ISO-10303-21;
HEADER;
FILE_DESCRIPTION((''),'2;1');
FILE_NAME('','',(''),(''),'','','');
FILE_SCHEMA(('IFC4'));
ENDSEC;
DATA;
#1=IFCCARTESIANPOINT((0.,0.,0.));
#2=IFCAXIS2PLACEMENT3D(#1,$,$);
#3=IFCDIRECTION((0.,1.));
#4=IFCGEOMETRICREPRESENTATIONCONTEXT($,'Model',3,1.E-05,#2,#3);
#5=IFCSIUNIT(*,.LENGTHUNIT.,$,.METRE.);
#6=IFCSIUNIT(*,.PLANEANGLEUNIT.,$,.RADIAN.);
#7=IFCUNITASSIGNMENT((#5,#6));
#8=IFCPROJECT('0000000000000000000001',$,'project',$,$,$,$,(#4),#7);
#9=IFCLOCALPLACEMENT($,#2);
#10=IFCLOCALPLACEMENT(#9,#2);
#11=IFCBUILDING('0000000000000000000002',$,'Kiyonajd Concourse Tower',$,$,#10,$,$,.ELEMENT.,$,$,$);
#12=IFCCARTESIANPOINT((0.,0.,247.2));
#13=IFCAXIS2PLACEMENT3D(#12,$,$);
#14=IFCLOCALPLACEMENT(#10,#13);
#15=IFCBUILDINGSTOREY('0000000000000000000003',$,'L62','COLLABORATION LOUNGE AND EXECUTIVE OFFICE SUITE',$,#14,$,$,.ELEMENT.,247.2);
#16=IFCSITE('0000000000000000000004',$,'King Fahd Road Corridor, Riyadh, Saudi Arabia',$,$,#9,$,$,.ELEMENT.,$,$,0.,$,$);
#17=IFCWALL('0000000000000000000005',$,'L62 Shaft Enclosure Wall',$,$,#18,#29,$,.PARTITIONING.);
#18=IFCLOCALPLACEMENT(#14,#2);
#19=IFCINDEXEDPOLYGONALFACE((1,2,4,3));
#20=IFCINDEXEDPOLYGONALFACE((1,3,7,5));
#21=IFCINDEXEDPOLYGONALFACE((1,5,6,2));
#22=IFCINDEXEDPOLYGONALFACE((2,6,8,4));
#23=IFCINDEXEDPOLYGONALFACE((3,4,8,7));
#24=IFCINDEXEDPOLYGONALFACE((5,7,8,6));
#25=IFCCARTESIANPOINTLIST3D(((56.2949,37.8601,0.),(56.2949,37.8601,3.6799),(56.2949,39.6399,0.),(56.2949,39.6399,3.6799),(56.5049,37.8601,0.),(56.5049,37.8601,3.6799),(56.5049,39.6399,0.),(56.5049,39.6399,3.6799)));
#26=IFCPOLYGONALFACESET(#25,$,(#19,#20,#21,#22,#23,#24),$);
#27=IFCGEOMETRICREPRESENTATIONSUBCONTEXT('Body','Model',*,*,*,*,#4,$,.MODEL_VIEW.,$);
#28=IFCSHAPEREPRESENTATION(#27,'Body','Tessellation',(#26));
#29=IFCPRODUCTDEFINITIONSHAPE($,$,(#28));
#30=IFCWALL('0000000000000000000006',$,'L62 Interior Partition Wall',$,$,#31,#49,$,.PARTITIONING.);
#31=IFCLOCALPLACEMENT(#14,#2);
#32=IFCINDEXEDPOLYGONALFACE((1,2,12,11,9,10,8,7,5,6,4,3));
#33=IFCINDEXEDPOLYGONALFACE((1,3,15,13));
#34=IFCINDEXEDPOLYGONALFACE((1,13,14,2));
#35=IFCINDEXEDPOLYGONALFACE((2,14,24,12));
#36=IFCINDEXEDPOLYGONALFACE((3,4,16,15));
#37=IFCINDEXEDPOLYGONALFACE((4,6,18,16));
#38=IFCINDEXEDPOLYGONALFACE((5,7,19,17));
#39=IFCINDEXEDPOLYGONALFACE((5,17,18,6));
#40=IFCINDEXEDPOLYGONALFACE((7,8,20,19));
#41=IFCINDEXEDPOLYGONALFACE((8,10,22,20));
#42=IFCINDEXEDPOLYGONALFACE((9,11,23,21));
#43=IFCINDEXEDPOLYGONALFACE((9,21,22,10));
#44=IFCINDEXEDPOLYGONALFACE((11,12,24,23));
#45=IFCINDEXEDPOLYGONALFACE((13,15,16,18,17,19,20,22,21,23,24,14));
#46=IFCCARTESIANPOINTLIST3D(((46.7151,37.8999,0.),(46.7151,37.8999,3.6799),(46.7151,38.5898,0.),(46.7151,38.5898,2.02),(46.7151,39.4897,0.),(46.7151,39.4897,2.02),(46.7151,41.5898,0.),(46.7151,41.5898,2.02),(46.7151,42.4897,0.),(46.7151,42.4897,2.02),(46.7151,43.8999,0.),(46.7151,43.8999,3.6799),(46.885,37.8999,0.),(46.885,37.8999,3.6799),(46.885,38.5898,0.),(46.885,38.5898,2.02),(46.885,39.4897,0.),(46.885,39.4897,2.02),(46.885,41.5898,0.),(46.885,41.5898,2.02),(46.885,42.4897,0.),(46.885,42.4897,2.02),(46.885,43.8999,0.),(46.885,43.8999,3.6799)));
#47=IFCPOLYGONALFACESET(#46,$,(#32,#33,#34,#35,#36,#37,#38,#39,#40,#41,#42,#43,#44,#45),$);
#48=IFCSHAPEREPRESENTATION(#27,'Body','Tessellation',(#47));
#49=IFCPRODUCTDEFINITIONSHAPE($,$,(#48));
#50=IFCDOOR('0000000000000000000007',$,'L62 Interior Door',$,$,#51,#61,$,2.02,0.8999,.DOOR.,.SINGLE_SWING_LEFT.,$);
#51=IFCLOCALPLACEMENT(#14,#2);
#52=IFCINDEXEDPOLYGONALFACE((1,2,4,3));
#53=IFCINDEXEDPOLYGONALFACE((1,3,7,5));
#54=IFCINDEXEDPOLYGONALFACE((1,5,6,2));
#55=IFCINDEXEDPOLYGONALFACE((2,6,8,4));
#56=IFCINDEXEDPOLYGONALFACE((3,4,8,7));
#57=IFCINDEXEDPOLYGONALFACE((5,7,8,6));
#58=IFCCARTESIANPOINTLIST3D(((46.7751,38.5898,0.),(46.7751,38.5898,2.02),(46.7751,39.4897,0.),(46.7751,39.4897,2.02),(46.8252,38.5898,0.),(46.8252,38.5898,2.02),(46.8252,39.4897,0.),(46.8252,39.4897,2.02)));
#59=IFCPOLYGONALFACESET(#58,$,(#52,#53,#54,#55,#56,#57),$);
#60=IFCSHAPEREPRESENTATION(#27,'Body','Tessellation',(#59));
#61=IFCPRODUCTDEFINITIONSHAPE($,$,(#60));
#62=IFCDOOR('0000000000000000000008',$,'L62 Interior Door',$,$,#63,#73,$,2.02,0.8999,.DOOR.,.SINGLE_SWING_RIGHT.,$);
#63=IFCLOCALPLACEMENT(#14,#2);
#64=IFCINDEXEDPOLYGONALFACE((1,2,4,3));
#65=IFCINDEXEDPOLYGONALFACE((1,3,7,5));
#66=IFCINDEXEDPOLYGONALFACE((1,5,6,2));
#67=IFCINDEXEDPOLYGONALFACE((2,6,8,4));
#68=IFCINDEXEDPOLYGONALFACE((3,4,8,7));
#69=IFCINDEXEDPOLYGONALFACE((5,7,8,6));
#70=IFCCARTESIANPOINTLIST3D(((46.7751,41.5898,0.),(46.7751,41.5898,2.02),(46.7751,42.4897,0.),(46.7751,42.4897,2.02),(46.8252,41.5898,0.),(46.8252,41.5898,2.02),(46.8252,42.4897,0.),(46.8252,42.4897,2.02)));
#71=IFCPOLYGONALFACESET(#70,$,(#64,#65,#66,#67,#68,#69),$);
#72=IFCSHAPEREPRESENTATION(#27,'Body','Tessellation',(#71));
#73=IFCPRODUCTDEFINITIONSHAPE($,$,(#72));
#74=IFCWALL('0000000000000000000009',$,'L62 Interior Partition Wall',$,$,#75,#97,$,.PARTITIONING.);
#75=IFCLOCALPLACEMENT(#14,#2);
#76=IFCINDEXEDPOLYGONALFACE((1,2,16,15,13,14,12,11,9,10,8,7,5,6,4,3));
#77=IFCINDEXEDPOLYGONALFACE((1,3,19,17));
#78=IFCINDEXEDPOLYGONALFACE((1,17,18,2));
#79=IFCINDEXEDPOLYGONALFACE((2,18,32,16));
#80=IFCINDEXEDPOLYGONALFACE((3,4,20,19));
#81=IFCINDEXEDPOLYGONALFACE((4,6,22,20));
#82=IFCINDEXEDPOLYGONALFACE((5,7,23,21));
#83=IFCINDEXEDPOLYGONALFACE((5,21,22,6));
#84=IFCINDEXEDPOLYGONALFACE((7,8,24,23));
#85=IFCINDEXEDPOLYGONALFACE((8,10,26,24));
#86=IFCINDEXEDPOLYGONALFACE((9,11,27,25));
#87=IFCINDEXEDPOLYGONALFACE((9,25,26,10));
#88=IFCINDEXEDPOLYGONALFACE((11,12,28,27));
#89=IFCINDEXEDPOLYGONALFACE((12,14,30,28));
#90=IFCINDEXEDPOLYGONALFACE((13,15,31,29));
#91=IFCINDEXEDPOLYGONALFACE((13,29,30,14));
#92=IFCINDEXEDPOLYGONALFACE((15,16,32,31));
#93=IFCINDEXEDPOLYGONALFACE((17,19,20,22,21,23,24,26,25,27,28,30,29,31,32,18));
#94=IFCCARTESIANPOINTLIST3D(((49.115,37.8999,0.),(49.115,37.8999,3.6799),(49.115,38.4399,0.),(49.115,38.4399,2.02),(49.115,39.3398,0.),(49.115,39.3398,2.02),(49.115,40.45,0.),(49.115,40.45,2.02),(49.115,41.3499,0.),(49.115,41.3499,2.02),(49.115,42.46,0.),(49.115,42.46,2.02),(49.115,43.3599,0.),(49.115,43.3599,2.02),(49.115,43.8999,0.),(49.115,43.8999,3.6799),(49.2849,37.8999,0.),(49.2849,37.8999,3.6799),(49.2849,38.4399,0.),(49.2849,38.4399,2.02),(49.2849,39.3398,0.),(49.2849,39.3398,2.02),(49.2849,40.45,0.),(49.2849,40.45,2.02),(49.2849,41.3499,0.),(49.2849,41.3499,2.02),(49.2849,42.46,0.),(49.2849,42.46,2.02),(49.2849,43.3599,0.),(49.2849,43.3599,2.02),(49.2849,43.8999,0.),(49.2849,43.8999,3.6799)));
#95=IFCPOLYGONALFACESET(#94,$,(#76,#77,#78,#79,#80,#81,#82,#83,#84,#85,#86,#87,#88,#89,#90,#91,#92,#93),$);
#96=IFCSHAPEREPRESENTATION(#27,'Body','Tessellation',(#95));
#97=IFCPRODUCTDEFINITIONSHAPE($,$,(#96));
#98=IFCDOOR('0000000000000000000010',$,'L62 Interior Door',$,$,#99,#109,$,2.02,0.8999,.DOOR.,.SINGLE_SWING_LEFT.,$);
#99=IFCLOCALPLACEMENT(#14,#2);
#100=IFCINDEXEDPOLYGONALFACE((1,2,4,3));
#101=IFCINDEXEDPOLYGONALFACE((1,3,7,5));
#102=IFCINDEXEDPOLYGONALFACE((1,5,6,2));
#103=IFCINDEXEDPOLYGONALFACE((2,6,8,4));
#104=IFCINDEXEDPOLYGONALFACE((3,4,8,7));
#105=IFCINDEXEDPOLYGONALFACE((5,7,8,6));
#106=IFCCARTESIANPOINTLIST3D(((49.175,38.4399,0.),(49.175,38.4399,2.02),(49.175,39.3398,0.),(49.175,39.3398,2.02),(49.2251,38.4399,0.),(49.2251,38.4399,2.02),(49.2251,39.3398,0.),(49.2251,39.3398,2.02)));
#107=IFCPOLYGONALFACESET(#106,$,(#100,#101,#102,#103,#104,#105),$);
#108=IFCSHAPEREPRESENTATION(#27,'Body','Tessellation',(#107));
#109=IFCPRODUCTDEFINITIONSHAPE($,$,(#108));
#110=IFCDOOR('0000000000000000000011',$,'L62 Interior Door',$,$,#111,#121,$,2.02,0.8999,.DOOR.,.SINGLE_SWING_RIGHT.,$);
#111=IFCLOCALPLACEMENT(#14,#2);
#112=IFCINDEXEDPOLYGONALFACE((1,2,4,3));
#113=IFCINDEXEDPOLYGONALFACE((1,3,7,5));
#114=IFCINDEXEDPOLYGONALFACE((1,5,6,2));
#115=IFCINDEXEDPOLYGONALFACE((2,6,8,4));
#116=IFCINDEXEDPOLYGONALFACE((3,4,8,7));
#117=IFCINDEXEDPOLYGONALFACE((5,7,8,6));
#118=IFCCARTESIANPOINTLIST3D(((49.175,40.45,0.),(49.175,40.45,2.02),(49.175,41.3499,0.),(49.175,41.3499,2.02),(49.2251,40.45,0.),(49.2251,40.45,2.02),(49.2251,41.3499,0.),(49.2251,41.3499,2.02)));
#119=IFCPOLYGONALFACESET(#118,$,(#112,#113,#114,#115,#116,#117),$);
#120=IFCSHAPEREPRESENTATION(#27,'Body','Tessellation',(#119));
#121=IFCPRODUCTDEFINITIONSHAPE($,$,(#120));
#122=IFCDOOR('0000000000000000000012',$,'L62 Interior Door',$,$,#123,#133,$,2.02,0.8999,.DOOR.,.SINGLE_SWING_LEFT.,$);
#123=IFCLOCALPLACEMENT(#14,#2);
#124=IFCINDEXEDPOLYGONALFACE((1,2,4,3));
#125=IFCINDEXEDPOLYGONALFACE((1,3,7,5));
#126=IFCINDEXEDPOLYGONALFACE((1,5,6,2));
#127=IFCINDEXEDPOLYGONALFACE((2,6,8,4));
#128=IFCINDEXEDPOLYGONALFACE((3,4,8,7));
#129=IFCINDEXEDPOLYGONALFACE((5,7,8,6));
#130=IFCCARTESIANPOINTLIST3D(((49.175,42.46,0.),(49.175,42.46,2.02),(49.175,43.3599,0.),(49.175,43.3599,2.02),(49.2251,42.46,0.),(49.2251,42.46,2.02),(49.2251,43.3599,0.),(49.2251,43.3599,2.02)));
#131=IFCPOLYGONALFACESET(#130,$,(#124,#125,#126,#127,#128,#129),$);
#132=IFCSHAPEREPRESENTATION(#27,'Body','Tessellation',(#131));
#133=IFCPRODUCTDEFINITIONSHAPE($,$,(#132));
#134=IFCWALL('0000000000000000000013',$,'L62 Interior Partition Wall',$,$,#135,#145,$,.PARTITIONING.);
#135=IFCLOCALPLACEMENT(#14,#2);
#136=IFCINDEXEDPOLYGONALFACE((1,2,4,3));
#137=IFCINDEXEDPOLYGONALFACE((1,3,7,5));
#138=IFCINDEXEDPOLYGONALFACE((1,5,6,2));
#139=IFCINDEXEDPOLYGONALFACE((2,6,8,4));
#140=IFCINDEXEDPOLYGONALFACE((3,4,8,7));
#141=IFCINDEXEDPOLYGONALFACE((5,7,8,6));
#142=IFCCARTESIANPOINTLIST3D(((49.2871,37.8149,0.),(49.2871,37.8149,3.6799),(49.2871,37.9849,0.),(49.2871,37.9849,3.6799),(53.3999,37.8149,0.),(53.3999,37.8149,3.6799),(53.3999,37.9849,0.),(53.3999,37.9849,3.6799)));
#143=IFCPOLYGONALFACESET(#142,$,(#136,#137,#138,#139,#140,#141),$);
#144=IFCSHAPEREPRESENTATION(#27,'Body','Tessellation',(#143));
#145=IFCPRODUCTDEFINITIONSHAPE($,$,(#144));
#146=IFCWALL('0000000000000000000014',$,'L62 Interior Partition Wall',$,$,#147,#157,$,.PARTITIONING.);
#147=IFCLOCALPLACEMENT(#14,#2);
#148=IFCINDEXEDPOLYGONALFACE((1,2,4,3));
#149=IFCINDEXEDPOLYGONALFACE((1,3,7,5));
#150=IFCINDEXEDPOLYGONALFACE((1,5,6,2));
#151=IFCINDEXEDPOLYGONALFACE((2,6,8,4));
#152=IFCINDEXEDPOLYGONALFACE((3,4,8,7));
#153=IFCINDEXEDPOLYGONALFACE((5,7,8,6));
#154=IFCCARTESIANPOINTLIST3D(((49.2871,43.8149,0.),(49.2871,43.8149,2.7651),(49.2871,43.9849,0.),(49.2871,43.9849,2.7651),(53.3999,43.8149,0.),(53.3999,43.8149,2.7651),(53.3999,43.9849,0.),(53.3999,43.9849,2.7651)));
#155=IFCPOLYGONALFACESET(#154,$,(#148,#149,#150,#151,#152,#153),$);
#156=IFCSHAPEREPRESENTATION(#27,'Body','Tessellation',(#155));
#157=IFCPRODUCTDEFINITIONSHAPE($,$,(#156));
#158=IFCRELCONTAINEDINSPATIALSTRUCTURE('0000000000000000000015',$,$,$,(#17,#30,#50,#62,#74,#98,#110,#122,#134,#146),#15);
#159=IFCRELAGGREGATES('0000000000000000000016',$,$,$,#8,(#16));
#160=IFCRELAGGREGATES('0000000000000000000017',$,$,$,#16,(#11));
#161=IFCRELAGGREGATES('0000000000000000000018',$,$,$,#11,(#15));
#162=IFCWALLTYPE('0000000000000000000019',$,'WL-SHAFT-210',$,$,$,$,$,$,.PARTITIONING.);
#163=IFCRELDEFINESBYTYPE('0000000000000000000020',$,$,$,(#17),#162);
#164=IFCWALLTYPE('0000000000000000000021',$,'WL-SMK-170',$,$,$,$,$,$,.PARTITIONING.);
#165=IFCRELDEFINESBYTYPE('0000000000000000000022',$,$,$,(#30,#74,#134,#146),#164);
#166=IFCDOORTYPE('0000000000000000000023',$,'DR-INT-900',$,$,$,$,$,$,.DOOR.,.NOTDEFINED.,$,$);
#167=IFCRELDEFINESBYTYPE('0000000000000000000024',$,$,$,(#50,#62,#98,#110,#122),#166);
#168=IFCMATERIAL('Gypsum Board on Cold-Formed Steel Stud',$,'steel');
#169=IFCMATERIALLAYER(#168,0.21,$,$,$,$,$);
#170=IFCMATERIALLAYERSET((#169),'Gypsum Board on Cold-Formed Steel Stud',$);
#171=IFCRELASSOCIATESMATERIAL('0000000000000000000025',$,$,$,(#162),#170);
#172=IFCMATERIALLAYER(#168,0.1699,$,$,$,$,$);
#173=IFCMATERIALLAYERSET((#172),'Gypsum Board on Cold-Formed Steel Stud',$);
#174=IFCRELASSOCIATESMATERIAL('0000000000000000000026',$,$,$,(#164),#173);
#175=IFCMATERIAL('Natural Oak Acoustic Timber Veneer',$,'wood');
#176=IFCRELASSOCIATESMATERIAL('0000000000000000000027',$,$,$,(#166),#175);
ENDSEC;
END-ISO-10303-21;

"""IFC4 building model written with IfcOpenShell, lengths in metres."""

from ifc_helpers import new_model, si_unit, direction, frame, frame_2d, origin, place, context, subcontext, project, spatial, rectangle, extrude, material, layer, layer_set, type_object, element, fill, save


model = new_model("IFC4")

# Units and contexts
model_context = context("Model", 3, precision=1e-05, world=origin(), true_north=direction((0.0, 1.0)))
body_context = subcontext(model_context, "Body", "Model", "MODEL_VIEW")
ifc_project = project(units=[si_unit("LENGTHUNIT", "METRE"), si_unit("PLANEANGLEUNIT", "RADIAN")], contexts=[model_context])

# Site, building, storey
site_placement = place(None, origin())
site = spatial("IfcSite", under=ifc_project, at=site_placement, Name="King Fahd Road Corridor, Riyadh, Saudi Arabia", CompositionType="ELEMENT", RefElevation=0.0)
building_placement = place(site_placement, origin())
building = spatial("IfcBuilding", under=site, at=building_placement, Name="Kiyonajd Concourse Tower", CompositionType="ELEMENT")
storey_placement = place(building_placement, frame((0.0, 0.0, 247.2)))
storey = spatial("IfcBuildingStorey", under=building, at=storey_placement, Name="L62", Description="COLLABORATION LOUNGE AND EXECUTIVE OFFICE SUITE", CompositionType="ELEMENT", Elevation=247.2)

# Wall
ifc_material_1 = material(Name="Gypsum Board on Cold-Formed Steel Stud", Category="steel")
ifc_layer_1 = layer(ifc_material_1, 0.21)
ifc_layer_set_1 = layer_set([ifc_layer_1], Name="Gypsum Board on Cold-Formed Steel Stud")
wall_type_1 = type_object("IfcWallType", Name="WL-SHAFT-210", PredefinedType="PARTITIONING", material=ifc_layer_set_1)
wall_1_placement = place(storey_placement, frame((56.3999, 37.8601, 0.0), z_axis=(0.0, 0.0, 1.0), x_axis=(0.0, 1.0, 0.0)))
element("IfcWall", 1, at=wall_1_placement, inside=storey, type_object=wall_type_1, Name="L62 Shaft Enclosure Wall", PredefinedType="PARTITIONING", context=body_context, shape_type="SweptSolid", body=[
    extrude(rectangle(XDim=1.7798, YDim=0.21, at=frame_2d((0.8899, 0.0))), origin(), (0.0, 0.0, 1.0), 3.6799),
])

# Walls, openings, doors
ifc_layer_2 = layer(ifc_material_1, 0.1699)
ifc_layer_set_2 = layer_set([ifc_layer_2], Name="Gypsum Board on Cold-Formed Steel Stud")
wall_type_2 = type_object("IfcWallType", Name="WL-SMK-170", PredefinedType="PARTITIONING", material=ifc_layer_set_2)
wall_2_placement = place(storey_placement, frame((46.8, 37.8999, 0.0), z_axis=(0.0, 0.0, 1.0), x_axis=(0.0, 1.0, 0.0)))
wall_2 = element("IfcWall", 2, at=wall_2_placement, inside=storey, type_object=wall_type_2, Name="L62 Interior Partition Wall", PredefinedType="PARTITIONING", context=body_context, shape_type="SweptSolid", body=[
    extrude(rectangle(XDim=6.0, YDim=0.1699, at=frame_2d((3.0, 0.0))), origin(), (0.0, 0.0, 1.0), 3.6799),
])
opening_1_placement = place(wall_2_placement, frame((0.6899, 0.0, 0.0)))
opening_1 = element("IfcOpeningElement", 3, at=opening_1_placement, cuts=wall_2, PredefinedType="OPENING", context=body_context, shape_type="SweptSolid", body=[
    extrude(rectangle(XDim=0.8999, YDim=2.02, at=frame_2d((0.45, 1.01))), frame((0.0, 0.095, 0.0), z_axis=(0.0, -1.0, 0.0), x_axis=(1.0, 0.0, 0.0)), (0.0, 0.0, 1.0), 0.1899),
])
opening_2_placement = place(wall_2_placement, frame((3.6899, 0.0, 0.0)))
opening_2 = element("IfcOpeningElement", 4, at=opening_2_placement, cuts=wall_2, PredefinedType="OPENING", context=body_context, shape_type="SweptSolid", body=[
    extrude(rectangle(XDim=0.8999, YDim=2.02, at=frame_2d((0.45, 1.01))), frame((0.0, 0.095, 0.0), z_axis=(0.0, -1.0, 0.0), x_axis=(1.0, 0.0, 0.0)), (0.0, 0.0, 1.0), 0.1899),
])
ifc_material_2 = material(Name="Natural Oak Acoustic Timber Veneer", Category="wood")
door_type_1 = type_object("IfcDoorType", Name="DR-INT-900", OperationType="NOTDEFINED", PredefinedType="DOOR", material=ifc_material_2)
door_1_placement = place(opening_1_placement, origin())
door_1 = element("IfcDoor", 5, at=door_1_placement, inside=storey, type_object=door_type_1, Name="L62 Interior Door", OperationType="SINGLE_SWING_LEFT", OverallHeight=2.02, OverallWidth=0.8999, PredefinedType="DOOR", context=body_context, shape_type="SweptSolid", body=[
    extrude(rectangle(XDim=0.8999, YDim=2.02, at=frame_2d((0.45, 1.01))), frame((0.0, 0.0249, 0.0), z_axis=(0.0, -1.0, 0.0), x_axis=(1.0, 0.0, 0.0)), (0.0, 0.0, 1.0), 0.05),
])
fill(opening_1, door_1)
door_2_placement = place(opening_2_placement, origin())
door_2 = element("IfcDoor", 6, at=door_2_placement, inside=storey, type_object=door_type_1, Name="L62 Interior Door", OperationType="SINGLE_SWING_RIGHT", OverallHeight=2.02, OverallWidth=0.8999, PredefinedType="DOOR", context=body_context, shape_type="SweptSolid", body=[
    extrude(rectangle(XDim=0.8999, YDim=2.02, at=frame_2d((0.45, 1.01))), frame((0.0, 0.0249, 0.0), z_axis=(0.0, -1.0, 0.0), x_axis=(1.0, 0.0, 0.0)), (0.0, 0.0, 1.0), 0.05),
])
fill(opening_2, door_2)
wall_3_placement = place(storey_placement, frame((49.2, 37.8999, 0.0), z_axis=(0.0, 0.0, 1.0), x_axis=(0.0, 1.0, 0.0)))
wall_3 = element("IfcWall", 7, at=wall_3_placement, inside=storey, type_object=wall_type_2, Name="L62 Interior Partition Wall", PredefinedType="PARTITIONING", context=body_context, shape_type="SweptSolid", body=[
    extrude(rectangle(XDim=6.0, YDim=0.1699, at=frame_2d((3.0, 0.0))), origin(), (0.0, 0.0, 1.0), 3.6799),
])
opening_3_placement = place(wall_3_placement, frame((0.54, 0.0, 0.0)))
opening_3 = element("IfcOpeningElement", 8, at=opening_3_placement, cuts=wall_3, PredefinedType="OPENING", context=body_context, shape_type="SweptSolid", body=[
    extrude(rectangle(XDim=0.8999, YDim=2.02, at=frame_2d((0.45, 1.01))), frame((0.0, 0.095, 0.0), z_axis=(0.0, -1.0, 0.0), x_axis=(1.0, 0.0, 0.0)), (0.0, 0.0, 1.0), 0.1899),
])
opening_4_placement = place(wall_3_placement, frame((2.55, 0.0, 0.0)))
opening_4 = element("IfcOpeningElement", 9, at=opening_4_placement, cuts=wall_3, PredefinedType="OPENING", context=body_context, shape_type="SweptSolid", body=[
    extrude(rectangle(XDim=0.8999, YDim=2.02, at=frame_2d((0.45, 1.01))), frame((0.0, 0.095, 0.0), z_axis=(0.0, -1.0, 0.0), x_axis=(1.0, 0.0, 0.0)), (0.0, 0.0, 1.0), 0.1899),
])
opening_5_placement = place(wall_3_placement, frame((4.5601, 0.0, 0.0)))
opening_5 = element("IfcOpeningElement", 10, at=opening_5_placement, cuts=wall_3, PredefinedType="OPENING", context=body_context, shape_type="SweptSolid", body=[
    extrude(rectangle(XDim=0.8999, YDim=2.02, at=frame_2d((0.45, 1.01))), frame((0.0, 0.095, 0.0), z_axis=(0.0, -1.0, 0.0), x_axis=(1.0, 0.0, 0.0)), (0.0, 0.0, 1.0), 0.1899),
])
door_3_placement = place(opening_3_placement, origin())
door_3 = element("IfcDoor", 11, at=door_3_placement, inside=storey, type_object=door_type_1, Name="L62 Interior Door", OperationType="SINGLE_SWING_LEFT", OverallHeight=2.02, OverallWidth=0.8999, PredefinedType="DOOR", context=body_context, shape_type="SweptSolid", body=[
    extrude(rectangle(XDim=0.8999, YDim=2.02, at=frame_2d((0.45, 1.01))), frame((0.0, 0.0249, 0.0), z_axis=(0.0, -1.0, 0.0), x_axis=(1.0, 0.0, 0.0)), (0.0, 0.0, 1.0), 0.05),
])
fill(opening_3, door_3)
door_4_placement = place(opening_4_placement, origin())
door_4 = element("IfcDoor", 12, at=door_4_placement, inside=storey, type_object=door_type_1, Name="L62 Interior Door", OperationType="SINGLE_SWING_RIGHT", OverallHeight=2.02, OverallWidth=0.8999, PredefinedType="DOOR", context=body_context, shape_type="SweptSolid", body=[
    extrude(rectangle(XDim=0.8999, YDim=2.02, at=frame_2d((0.45, 1.01))), frame((0.0, 0.0249, 0.0), z_axis=(0.0, -1.0, 0.0), x_axis=(1.0, 0.0, 0.0)), (0.0, 0.0, 1.0), 0.05),
])
fill(opening_4, door_4)
door_5_placement = place(opening_5_placement, origin())
door_5 = element("IfcDoor", 13, at=door_5_placement, inside=storey, type_object=door_type_1, Name="L62 Interior Door", OperationType="SINGLE_SWING_LEFT", OverallHeight=2.02, OverallWidth=0.8999, PredefinedType="DOOR", context=body_context, shape_type="SweptSolid", body=[
    extrude(rectangle(XDim=0.8999, YDim=2.02, at=frame_2d((0.45, 1.01))), frame((0.0, 0.0249, 0.0), z_axis=(0.0, -1.0, 0.0), x_axis=(1.0, 0.0, 0.0)), (0.0, 0.0, 1.0), 0.05),
])
fill(opening_5, door_5)

# Walls
wall_4_placement = place(storey_placement, frame((49.2871, 37.8999, 0.0), z_axis=(0.0, 0.0, 1.0), x_axis=(1.0, 0.0, 0.0)))
element("IfcWall", 14, at=wall_4_placement, inside=storey, type_object=wall_type_2, Name="L62 Interior Partition Wall", PredefinedType="PARTITIONING", context=body_context, shape_type="SweptSolid", body=[
    extrude(rectangle(XDim=4.1128, YDim=0.1699, at=frame_2d((2.0564, 0.0))), origin(), (0.0, 0.0, 1.0), 3.6799),
])
wall_5_placement = place(storey_placement, frame((49.2871, 43.8999, 0.0), z_axis=(0.0, 0.0, 1.0), x_axis=(1.0, 0.0, 0.0)))
element("IfcWall", 15, at=wall_5_placement, inside=storey, type_object=wall_type_2, Name="L62 Interior Partition Wall", PredefinedType="PARTITIONING", context=body_context, shape_type="SweptSolid", body=[
    extrude(rectangle(XDim=4.1128, YDim=0.1699, at=frame_2d((2.0564, 0.0))), origin(), (0.0, 0.0, 1.0), 2.7651),
])

save(model, "model.ifc")
